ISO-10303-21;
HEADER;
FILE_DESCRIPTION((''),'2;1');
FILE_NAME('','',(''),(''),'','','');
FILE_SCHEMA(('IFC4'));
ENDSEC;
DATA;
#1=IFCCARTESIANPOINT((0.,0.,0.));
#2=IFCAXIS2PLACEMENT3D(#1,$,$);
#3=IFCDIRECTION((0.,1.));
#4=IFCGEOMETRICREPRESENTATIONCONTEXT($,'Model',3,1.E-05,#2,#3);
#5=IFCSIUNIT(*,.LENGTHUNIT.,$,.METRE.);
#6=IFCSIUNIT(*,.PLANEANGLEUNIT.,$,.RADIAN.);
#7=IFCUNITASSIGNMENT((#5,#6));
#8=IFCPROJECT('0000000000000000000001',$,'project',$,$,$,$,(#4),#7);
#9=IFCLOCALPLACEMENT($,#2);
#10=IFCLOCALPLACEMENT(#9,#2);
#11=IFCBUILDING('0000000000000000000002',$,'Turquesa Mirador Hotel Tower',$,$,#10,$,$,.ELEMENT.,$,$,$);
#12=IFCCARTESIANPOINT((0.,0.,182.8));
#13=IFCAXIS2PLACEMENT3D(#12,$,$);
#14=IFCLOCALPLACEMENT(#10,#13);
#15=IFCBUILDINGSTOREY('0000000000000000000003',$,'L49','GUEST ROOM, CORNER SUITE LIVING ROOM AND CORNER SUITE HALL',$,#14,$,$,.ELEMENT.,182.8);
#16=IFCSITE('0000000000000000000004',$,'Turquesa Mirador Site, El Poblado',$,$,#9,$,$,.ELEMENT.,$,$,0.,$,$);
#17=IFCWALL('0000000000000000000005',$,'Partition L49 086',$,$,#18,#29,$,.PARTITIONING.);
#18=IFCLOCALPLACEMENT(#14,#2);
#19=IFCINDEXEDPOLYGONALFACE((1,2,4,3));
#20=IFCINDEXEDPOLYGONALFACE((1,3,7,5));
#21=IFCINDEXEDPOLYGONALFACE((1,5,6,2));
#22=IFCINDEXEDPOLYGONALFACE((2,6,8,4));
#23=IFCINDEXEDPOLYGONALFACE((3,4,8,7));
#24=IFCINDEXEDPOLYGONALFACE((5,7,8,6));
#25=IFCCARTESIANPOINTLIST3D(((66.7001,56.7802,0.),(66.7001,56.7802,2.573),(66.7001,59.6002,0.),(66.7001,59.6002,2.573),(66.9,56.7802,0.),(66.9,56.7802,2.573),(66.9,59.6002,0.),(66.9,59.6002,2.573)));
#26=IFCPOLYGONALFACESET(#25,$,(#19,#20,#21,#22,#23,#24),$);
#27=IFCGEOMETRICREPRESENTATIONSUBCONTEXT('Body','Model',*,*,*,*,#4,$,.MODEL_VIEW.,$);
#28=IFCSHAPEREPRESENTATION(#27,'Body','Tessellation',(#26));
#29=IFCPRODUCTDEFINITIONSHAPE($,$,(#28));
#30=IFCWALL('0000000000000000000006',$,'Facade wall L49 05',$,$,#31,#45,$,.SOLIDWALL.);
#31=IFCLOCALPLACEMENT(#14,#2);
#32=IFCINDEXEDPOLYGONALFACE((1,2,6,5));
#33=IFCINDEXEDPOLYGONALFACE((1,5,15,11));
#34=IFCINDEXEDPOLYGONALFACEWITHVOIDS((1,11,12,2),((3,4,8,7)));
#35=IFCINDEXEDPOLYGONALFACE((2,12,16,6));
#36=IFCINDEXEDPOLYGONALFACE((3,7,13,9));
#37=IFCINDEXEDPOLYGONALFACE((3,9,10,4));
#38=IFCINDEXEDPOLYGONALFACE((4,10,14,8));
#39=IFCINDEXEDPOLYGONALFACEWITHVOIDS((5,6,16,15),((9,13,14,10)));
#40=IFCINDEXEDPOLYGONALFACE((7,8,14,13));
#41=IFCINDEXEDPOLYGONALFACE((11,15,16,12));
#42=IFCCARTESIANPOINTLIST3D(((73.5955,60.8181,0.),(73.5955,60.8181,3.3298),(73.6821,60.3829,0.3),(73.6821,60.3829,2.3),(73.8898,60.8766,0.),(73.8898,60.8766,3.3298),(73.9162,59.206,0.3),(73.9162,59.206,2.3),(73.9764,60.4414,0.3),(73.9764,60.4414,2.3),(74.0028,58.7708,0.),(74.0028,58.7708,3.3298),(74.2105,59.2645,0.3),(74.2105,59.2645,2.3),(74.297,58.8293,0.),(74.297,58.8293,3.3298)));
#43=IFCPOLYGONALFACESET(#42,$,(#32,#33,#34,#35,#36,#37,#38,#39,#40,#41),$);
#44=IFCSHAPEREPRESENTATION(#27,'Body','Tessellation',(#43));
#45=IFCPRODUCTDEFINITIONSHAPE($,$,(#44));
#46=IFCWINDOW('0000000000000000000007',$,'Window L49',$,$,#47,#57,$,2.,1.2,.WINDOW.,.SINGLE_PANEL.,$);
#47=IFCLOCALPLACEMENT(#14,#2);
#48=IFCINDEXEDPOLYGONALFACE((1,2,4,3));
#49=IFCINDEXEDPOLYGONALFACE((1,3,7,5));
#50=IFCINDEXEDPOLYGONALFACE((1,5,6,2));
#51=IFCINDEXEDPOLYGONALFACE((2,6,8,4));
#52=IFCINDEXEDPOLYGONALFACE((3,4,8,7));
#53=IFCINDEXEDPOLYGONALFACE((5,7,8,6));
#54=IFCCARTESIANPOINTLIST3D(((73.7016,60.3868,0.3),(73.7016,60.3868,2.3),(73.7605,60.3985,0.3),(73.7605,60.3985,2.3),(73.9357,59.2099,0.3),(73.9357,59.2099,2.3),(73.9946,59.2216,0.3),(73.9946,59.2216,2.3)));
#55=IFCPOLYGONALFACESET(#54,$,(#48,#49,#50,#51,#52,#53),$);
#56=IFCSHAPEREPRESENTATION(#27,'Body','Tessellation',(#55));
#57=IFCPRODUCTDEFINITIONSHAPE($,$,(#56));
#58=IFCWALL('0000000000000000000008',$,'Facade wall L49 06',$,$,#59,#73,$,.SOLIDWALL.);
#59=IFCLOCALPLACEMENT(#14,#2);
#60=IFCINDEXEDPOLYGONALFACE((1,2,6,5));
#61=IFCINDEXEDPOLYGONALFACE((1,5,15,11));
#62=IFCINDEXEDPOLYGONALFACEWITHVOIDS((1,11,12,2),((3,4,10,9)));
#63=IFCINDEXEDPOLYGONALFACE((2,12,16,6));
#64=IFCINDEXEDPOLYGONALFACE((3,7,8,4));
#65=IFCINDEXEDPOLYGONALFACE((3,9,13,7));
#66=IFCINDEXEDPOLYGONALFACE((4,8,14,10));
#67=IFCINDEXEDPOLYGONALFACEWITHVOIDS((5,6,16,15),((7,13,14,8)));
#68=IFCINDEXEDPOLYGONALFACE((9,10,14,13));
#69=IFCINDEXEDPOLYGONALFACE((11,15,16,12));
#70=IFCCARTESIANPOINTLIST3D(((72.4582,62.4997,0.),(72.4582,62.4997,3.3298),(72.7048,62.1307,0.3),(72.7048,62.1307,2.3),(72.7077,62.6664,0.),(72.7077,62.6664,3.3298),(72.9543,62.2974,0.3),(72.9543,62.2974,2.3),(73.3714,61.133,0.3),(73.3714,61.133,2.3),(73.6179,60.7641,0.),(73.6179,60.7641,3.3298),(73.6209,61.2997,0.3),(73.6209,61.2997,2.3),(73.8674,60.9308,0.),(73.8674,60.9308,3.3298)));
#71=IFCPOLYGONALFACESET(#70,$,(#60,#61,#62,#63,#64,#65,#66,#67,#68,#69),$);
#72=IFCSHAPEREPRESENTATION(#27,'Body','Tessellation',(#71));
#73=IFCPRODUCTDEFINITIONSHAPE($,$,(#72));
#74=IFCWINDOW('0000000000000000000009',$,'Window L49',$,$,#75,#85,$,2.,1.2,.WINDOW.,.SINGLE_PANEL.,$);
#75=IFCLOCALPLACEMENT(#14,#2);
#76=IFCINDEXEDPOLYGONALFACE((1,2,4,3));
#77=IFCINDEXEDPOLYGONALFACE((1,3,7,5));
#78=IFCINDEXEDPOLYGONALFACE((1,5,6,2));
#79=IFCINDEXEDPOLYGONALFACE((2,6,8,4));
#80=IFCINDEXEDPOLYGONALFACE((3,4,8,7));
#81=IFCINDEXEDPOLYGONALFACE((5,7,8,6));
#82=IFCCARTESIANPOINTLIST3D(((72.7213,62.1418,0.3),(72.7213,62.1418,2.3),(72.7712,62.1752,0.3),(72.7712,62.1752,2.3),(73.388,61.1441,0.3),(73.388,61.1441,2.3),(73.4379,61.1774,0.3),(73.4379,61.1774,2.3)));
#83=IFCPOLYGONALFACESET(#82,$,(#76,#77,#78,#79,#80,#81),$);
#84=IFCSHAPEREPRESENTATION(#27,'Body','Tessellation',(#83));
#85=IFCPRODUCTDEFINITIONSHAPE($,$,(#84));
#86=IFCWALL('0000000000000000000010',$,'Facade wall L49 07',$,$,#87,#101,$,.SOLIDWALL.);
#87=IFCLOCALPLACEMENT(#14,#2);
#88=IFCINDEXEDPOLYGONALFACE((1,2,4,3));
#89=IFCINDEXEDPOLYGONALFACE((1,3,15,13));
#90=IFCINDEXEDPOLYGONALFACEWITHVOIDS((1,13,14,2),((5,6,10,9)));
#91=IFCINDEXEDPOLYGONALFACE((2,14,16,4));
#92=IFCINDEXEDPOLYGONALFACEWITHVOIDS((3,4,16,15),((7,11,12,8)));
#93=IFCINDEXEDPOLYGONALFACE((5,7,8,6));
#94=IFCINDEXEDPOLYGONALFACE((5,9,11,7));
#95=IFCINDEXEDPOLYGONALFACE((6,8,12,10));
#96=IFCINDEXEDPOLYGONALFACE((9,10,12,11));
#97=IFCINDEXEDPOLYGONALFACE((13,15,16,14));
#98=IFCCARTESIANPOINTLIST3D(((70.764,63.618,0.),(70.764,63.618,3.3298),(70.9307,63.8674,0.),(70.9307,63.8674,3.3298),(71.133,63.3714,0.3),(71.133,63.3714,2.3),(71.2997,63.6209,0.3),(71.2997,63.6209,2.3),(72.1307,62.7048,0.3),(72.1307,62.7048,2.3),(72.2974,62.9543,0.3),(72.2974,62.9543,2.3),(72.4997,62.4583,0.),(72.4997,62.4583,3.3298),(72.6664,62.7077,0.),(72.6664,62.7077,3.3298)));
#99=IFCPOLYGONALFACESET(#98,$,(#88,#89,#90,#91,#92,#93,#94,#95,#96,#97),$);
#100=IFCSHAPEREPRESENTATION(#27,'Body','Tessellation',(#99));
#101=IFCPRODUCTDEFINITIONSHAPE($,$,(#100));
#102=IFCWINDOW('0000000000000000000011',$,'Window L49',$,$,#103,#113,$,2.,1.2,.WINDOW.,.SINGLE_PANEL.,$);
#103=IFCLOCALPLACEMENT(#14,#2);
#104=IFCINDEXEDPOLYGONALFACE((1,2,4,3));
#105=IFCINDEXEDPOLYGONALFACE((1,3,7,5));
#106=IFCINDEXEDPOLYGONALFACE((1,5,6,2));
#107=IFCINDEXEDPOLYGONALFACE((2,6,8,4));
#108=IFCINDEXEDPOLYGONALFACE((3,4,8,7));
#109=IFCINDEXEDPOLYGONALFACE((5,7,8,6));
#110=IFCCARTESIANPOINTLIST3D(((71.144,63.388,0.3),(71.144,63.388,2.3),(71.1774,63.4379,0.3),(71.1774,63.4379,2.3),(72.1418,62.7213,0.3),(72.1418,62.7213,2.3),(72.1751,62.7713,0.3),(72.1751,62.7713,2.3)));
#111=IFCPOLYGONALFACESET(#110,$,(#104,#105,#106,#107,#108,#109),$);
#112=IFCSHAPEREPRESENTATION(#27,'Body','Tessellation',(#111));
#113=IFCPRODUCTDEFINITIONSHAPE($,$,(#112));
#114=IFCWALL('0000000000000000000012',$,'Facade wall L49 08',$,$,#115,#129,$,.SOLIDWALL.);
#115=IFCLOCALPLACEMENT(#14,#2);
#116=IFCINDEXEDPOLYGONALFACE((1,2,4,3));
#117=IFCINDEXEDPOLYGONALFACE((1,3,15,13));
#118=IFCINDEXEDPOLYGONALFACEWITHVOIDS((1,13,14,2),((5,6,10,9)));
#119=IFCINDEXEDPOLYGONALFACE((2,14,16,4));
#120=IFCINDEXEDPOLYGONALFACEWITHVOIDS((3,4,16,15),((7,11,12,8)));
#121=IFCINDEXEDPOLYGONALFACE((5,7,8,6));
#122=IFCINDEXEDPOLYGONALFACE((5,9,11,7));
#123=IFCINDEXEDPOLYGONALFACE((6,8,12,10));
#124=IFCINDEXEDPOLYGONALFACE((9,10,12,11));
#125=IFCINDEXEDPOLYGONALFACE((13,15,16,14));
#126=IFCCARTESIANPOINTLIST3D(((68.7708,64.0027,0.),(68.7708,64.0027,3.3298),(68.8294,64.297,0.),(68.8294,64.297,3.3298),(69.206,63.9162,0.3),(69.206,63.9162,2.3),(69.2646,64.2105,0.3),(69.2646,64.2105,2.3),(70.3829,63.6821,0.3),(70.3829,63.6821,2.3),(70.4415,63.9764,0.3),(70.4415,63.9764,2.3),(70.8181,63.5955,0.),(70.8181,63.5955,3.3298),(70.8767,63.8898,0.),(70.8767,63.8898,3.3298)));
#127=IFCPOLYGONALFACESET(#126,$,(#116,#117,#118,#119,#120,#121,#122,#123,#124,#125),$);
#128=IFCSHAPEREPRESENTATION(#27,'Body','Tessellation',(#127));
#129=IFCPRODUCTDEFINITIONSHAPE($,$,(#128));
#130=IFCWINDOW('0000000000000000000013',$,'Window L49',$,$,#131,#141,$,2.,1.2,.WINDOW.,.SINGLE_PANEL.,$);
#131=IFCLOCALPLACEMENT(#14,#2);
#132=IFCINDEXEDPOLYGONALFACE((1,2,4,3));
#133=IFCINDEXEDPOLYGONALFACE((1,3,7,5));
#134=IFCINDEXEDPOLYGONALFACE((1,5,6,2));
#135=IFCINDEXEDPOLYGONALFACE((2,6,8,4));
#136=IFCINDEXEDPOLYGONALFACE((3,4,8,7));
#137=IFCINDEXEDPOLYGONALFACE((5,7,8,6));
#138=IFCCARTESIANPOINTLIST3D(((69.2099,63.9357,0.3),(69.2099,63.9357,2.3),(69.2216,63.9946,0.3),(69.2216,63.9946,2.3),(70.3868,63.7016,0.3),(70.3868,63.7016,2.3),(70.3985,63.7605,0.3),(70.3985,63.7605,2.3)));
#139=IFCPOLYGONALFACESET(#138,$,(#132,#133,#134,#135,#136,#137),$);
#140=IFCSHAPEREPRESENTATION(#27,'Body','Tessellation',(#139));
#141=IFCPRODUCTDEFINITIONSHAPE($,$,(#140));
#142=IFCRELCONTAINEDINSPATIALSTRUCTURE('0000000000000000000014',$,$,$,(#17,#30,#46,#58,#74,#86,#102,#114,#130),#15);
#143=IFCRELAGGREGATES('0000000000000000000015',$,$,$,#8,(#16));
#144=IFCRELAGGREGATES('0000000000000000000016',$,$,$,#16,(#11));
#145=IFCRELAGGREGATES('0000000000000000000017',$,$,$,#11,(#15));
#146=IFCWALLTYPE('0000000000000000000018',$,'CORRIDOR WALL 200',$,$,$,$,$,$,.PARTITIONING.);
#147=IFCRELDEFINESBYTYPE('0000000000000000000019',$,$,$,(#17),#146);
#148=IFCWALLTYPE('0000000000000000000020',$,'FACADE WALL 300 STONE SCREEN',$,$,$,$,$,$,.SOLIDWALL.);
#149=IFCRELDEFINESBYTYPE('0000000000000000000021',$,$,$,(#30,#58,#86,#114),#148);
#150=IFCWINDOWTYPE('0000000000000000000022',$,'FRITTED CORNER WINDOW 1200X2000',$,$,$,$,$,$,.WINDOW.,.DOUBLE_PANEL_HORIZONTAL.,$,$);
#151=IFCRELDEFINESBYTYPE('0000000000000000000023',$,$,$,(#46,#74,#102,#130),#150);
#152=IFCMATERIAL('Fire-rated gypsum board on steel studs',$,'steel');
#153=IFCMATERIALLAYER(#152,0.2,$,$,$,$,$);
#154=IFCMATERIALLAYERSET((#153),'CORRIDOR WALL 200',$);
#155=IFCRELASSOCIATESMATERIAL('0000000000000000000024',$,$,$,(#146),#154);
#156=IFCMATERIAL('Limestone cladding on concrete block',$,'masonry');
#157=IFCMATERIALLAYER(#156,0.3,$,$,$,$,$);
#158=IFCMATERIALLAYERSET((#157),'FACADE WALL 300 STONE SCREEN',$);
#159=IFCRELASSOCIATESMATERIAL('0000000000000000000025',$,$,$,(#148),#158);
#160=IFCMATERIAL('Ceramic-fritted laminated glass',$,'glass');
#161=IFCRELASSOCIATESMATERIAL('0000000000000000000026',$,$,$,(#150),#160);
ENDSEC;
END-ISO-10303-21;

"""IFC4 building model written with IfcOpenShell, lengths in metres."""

from ifc_helpers import new_model, si_unit, direction, frame, frame_2d, origin, place, context, subcontext, project, spatial, rectangle, extrude, material, layer, layer_set, type_object, element, fill, save


model = new_model("IFC4")

# Units and contexts
model_context = context("Model", 3, precision=1e-05, world=origin(), true_north=direction((0.0, 1.0)))
body_context = subcontext(model_context, "Body", "Model", "MODEL_VIEW")
ifc_project = project(units=[si_unit("LENGTHUNIT", "METRE"), si_unit("PLANEANGLEUNIT", "RADIAN")], contexts=[model_context])

# Site, building, storey
site_placement = place(None, origin())
site = spatial("IfcSite", under=ifc_project, at=site_placement, Name="Turquesa Mirador Site, El Poblado", CompositionType="ELEMENT", RefElevation=0.0)
building_placement = place(site_placement, origin())
building = spatial("IfcBuilding", under=site, at=building_placement, Name="Turquesa Mirador Hotel Tower", CompositionType="ELEMENT")
storey_placement = place(building_placement, frame((0.0, 0.0, 182.8)))
storey = spatial("IfcBuildingStorey", under=building, at=storey_placement, Name="L49", Description="GUEST ROOM, CORNER SUITE LIVING ROOM AND CORNER SUITE HALL", CompositionType="ELEMENT", Elevation=182.8)

# Wall
ifc_material_1 = material(Name="Fire-rated gypsum board on steel studs", Category="steel")
ifc_layer_1 = layer(ifc_material_1, 0.2)
ifc_layer_set_1 = layer_set([ifc_layer_1], Name="CORRIDOR WALL 200")
wall_type_1 = type_object("IfcWallType", Name="CORRIDOR WALL 200", PredefinedType="PARTITIONING", material=ifc_layer_set_1)
wall_1_placement = place(storey_placement, frame((66.8, 56.78, 0.0), z_axis=(0.0, 0.0, 1.0), x_axis=(0.0, 1.0, 0.0)))
element("IfcWall", 1, at=wall_1_placement, inside=storey, type_object=wall_type_1, Name="Partition L49 086", PredefinedType="PARTITIONING", context=body_context, shape_type="SweptSolid", body=[
    extrude(rectangle(XDim=2.8201, YDim=0.2, at=frame_2d((1.4102, 0.0))), origin(), (0.0, 0.0, 1.0), 2.573),
])

# Walls, openings, windows
ifc_material_2 = material(Name="Limestone cladding on concrete block", Category="masonry")
ifc_layer_2 = layer(ifc_material_2, 0.3)
ifc_layer_set_2 = layer_set([ifc_layer_2], Name="FACADE WALL 300 STONE SCREEN")
wall_type_2 = type_object("IfcWallType", Name="FACADE WALL 300 STONE SCREEN", PredefinedType="SOLIDWALL", material=ifc_layer_set_2)
wall_2_placement = place(storey_placement, frame((74.1499, 58.8, 0.0), z_axis=(0.0, 0.0, 1.0), x_axis=(-0.195081, 0.980787, 0.0)))
wall_2 = element("IfcWall", 2, at=wall_2_placement, inside=storey, type_object=wall_type_2, Name="Facade wall L49 05", PredefinedType="SOLIDWALL", context=body_context, shape_type="SweptSolid", body=[
    extrude(rectangle(XDim=2.0874, YDim=0.3, at=frame_2d((1.0437, 0.0))), origin(), (0.0, 0.0, 1.0), 3.3298),
])
opening_1_placement = place(wall_2_placement, frame((0.4436, 0.0, 0.3)))
opening_1 = element("IfcOpeningElement", 3, at=opening_1_placement, cuts=wall_2, PredefinedType="OPENING", context=body_context, shape_type="SweptSolid", body=[
    extrude(rectangle(XDim=1.2, YDim=2.0, at=frame_2d((0.6001, 1.0))), frame((0.0, 0.1599, 0.0), z_axis=(0.0, -1.0, 0.0), x_axis=(1.0, 0.0, 0.0)), (0.0, 0.0, 1.0), 0.3201),
])
ifc_material_3 = material(Name="Ceramic-fritted laminated glass", Category="glass")
window_type_1 = type_object("IfcWindowType", Name="FRITTED CORNER WINDOW 1200X2000", PartitioningType="DOUBLE_PANEL_HORIZONTAL", PredefinedType="WINDOW", material=ifc_material_3)
window_1_placement = place(opening_1_placement, origin())
window_1 = element("IfcWindow", 4, at=window_1_placement, inside=storey, type_object=window_type_1, Name="Window L49", OverallHeight=2.0, OverallWidth=1.2, PartitioningType="SINGLE_PANEL", PredefinedType="WINDOW", context=body_context, shape_type="SweptSolid", body=[
    extrude(rectangle(XDim=1.2, YDim=2.0, at=frame_2d((0.6001, 1.0))), frame((0.0, 0.1301, 0.0), z_axis=(0.0, -1.0, 0.0), x_axis=(1.0, 0.0, 0.0)), (0.0, 0.0, 1.0), 0.0601),
])
fill(opening_1, window_1)
wall_3_placement = place(storey_placement, frame((73.7427, 60.8474, 0.0), z_axis=(0.0, 0.0, 1.0), x_axis=(-0.555564, 0.831474, 0.0)))
wall_3 = element("IfcWall", 5, at=wall_3_placement, inside=storey, type_object=wall_type_2, Name="Facade wall L49 06", PredefinedType="SOLIDWALL", context=body_context, shape_type="SweptSolid", body=[
    extrude(rectangle(XDim=2.0874, YDim=0.3, at=frame_2d((1.0437, 0.0))), origin(), (0.0, 0.0, 1.0), 3.3298),
])
opening_2_placement = place(wall_3_placement, frame((0.4436, 0.0, 0.3)))
opening_2 = element("IfcOpeningElement", 6, at=opening_2_placement, cuts=wall_3, PredefinedType="OPENING", context=body_context, shape_type="SweptSolid", body=[
    extrude(rectangle(XDim=1.2, YDim=2.0, at=frame_2d((0.6001, 1.0))), frame((0.0, 0.1599, 0.0), z_axis=(0.0, -1.0, 0.0), x_axis=(1.0, 0.0, 0.0)), (0.0, 0.0, 1.0), 0.3201),
])
window_2_placement = place(opening_2_placement, origin())
window_2 = element("IfcWindow", 7, at=window_2_placement, inside=storey, type_object=window_type_1, Name="Window L49", OverallHeight=2.0, OverallWidth=1.2, PartitioningType="SINGLE_PANEL", PredefinedType="WINDOW", context=body_context, shape_type="SweptSolid", body=[
    extrude(rectangle(XDim=1.2, YDim=2.0, at=frame_2d((0.6001, 1.0))), frame((0.0, 0.1301, 0.0), z_axis=(0.0, -1.0, 0.0), x_axis=(1.0, 0.0, 0.0)), (0.0, 0.0, 1.0), 0.0601),
])
fill(opening_2, window_2)
wall_4_placement = place(storey_placement, frame((72.583, 62.583, 0.0), z_axis=(0.0, 0.0, 1.0), x_axis=(-0.831474, 0.555564, 0.0)))
wall_4 = element("IfcWall", 8, at=wall_4_placement, inside=storey, type_object=wall_type_2, Name="Facade wall L49 07", PredefinedType="SOLIDWALL", context=body_context, shape_type="SweptSolid", body=[
    extrude(rectangle(XDim=2.0874, YDim=0.3, at=frame_2d((1.0437, 0.0))), origin(), (0.0, 0.0, 1.0), 3.3298),
])
opening_3_placement = place(wall_4_placement, frame((0.4436, 0.0, 0.3)))
opening_3 = element("IfcOpeningElement", 9, at=opening_3_placement, cuts=wall_4, PredefinedType="OPENING", context=body_context, shape_type="SweptSolid", body=[
    extrude(rectangle(XDim=1.2, YDim=2.0, at=frame_2d((0.6001, 1.0))), frame((0.0, 0.1599, 0.0), z_axis=(0.0, -1.0, 0.0), x_axis=(1.0, 0.0, 0.0)), (0.0, 0.0, 1.0), 0.3201),
])
window_3_placement = place(opening_3_placement, origin())
window_3 = element("IfcWindow", 10, at=window_3_placement, inside=storey, type_object=window_type_1, Name="Window L49", OverallHeight=2.0, OverallWidth=1.2, PartitioningType="SINGLE_PANEL", PredefinedType="WINDOW", context=body_context, shape_type="SweptSolid", body=[
    extrude(rectangle(XDim=1.2, YDim=2.0, at=frame_2d((0.6001, 1.0))), frame((0.0, 0.1301, 0.0), z_axis=(0.0, -1.0, 0.0), x_axis=(1.0, 0.0, 0.0)), (0.0, 0.0, 1.0), 0.0601),
])
fill(opening_3, window_3)
wall_5_placement = place(storey_placement, frame((70.8474, 63.7427, 0.0), z_axis=(0.0, 0.0, 1.0), x_axis=(-0.980787, 0.195081, 0.0)))
wall_5 = element("IfcWall", 11, at=wall_5_placement, inside=storey, type_object=wall_type_2, Name="Facade wall L49 08", PredefinedType="SOLIDWALL", context=body_context, shape_type="SweptSolid", body=[
    extrude(rectangle(XDim=2.0874, YDim=0.3, at=frame_2d((1.0437, 0.0))), origin(), (0.0, 0.0, 1.0), 3.3298),
])
opening_4_placement = place(wall_5_placement, frame((0.4436, 0.0, 0.3)))
opening_4 = element("IfcOpeningElement", 12, at=opening_4_placement, cuts=wall_5, PredefinedType="OPENING", context=body_context, shape_type="SweptSolid", body=[
    extrude(rectangle(XDim=1.2, YDim=2.0, at=frame_2d((0.6001, 1.0))), frame((0.0, 0.1599, 0.0), z_axis=(0.0, -1.0, 0.0), x_axis=(1.0, 0.0, 0.0)), (0.0, 0.0, 1.0), 0.3201),
])
window_4_placement = place(opening_4_placement, origin())
window_4 = element("IfcWindow", 13, at=window_4_placement, inside=storey, type_object=window_type_1, Name="Window L49", OverallHeight=2.0, OverallWidth=1.2, PartitioningType="SINGLE_PANEL", PredefinedType="WINDOW", context=body_context, shape_type="SweptSolid", body=[
    extrude(rectangle(XDim=1.2, YDim=2.0, at=frame_2d((0.6001, 1.0))), frame((0.0, 0.1301, 0.0), z_axis=(0.0, -1.0, 0.0), x_axis=(1.0, 0.0, 0.0)), (0.0, 0.0, 1.0), 0.0601),
])
fill(opening_4, window_4)

save(model, "model.ifc")
